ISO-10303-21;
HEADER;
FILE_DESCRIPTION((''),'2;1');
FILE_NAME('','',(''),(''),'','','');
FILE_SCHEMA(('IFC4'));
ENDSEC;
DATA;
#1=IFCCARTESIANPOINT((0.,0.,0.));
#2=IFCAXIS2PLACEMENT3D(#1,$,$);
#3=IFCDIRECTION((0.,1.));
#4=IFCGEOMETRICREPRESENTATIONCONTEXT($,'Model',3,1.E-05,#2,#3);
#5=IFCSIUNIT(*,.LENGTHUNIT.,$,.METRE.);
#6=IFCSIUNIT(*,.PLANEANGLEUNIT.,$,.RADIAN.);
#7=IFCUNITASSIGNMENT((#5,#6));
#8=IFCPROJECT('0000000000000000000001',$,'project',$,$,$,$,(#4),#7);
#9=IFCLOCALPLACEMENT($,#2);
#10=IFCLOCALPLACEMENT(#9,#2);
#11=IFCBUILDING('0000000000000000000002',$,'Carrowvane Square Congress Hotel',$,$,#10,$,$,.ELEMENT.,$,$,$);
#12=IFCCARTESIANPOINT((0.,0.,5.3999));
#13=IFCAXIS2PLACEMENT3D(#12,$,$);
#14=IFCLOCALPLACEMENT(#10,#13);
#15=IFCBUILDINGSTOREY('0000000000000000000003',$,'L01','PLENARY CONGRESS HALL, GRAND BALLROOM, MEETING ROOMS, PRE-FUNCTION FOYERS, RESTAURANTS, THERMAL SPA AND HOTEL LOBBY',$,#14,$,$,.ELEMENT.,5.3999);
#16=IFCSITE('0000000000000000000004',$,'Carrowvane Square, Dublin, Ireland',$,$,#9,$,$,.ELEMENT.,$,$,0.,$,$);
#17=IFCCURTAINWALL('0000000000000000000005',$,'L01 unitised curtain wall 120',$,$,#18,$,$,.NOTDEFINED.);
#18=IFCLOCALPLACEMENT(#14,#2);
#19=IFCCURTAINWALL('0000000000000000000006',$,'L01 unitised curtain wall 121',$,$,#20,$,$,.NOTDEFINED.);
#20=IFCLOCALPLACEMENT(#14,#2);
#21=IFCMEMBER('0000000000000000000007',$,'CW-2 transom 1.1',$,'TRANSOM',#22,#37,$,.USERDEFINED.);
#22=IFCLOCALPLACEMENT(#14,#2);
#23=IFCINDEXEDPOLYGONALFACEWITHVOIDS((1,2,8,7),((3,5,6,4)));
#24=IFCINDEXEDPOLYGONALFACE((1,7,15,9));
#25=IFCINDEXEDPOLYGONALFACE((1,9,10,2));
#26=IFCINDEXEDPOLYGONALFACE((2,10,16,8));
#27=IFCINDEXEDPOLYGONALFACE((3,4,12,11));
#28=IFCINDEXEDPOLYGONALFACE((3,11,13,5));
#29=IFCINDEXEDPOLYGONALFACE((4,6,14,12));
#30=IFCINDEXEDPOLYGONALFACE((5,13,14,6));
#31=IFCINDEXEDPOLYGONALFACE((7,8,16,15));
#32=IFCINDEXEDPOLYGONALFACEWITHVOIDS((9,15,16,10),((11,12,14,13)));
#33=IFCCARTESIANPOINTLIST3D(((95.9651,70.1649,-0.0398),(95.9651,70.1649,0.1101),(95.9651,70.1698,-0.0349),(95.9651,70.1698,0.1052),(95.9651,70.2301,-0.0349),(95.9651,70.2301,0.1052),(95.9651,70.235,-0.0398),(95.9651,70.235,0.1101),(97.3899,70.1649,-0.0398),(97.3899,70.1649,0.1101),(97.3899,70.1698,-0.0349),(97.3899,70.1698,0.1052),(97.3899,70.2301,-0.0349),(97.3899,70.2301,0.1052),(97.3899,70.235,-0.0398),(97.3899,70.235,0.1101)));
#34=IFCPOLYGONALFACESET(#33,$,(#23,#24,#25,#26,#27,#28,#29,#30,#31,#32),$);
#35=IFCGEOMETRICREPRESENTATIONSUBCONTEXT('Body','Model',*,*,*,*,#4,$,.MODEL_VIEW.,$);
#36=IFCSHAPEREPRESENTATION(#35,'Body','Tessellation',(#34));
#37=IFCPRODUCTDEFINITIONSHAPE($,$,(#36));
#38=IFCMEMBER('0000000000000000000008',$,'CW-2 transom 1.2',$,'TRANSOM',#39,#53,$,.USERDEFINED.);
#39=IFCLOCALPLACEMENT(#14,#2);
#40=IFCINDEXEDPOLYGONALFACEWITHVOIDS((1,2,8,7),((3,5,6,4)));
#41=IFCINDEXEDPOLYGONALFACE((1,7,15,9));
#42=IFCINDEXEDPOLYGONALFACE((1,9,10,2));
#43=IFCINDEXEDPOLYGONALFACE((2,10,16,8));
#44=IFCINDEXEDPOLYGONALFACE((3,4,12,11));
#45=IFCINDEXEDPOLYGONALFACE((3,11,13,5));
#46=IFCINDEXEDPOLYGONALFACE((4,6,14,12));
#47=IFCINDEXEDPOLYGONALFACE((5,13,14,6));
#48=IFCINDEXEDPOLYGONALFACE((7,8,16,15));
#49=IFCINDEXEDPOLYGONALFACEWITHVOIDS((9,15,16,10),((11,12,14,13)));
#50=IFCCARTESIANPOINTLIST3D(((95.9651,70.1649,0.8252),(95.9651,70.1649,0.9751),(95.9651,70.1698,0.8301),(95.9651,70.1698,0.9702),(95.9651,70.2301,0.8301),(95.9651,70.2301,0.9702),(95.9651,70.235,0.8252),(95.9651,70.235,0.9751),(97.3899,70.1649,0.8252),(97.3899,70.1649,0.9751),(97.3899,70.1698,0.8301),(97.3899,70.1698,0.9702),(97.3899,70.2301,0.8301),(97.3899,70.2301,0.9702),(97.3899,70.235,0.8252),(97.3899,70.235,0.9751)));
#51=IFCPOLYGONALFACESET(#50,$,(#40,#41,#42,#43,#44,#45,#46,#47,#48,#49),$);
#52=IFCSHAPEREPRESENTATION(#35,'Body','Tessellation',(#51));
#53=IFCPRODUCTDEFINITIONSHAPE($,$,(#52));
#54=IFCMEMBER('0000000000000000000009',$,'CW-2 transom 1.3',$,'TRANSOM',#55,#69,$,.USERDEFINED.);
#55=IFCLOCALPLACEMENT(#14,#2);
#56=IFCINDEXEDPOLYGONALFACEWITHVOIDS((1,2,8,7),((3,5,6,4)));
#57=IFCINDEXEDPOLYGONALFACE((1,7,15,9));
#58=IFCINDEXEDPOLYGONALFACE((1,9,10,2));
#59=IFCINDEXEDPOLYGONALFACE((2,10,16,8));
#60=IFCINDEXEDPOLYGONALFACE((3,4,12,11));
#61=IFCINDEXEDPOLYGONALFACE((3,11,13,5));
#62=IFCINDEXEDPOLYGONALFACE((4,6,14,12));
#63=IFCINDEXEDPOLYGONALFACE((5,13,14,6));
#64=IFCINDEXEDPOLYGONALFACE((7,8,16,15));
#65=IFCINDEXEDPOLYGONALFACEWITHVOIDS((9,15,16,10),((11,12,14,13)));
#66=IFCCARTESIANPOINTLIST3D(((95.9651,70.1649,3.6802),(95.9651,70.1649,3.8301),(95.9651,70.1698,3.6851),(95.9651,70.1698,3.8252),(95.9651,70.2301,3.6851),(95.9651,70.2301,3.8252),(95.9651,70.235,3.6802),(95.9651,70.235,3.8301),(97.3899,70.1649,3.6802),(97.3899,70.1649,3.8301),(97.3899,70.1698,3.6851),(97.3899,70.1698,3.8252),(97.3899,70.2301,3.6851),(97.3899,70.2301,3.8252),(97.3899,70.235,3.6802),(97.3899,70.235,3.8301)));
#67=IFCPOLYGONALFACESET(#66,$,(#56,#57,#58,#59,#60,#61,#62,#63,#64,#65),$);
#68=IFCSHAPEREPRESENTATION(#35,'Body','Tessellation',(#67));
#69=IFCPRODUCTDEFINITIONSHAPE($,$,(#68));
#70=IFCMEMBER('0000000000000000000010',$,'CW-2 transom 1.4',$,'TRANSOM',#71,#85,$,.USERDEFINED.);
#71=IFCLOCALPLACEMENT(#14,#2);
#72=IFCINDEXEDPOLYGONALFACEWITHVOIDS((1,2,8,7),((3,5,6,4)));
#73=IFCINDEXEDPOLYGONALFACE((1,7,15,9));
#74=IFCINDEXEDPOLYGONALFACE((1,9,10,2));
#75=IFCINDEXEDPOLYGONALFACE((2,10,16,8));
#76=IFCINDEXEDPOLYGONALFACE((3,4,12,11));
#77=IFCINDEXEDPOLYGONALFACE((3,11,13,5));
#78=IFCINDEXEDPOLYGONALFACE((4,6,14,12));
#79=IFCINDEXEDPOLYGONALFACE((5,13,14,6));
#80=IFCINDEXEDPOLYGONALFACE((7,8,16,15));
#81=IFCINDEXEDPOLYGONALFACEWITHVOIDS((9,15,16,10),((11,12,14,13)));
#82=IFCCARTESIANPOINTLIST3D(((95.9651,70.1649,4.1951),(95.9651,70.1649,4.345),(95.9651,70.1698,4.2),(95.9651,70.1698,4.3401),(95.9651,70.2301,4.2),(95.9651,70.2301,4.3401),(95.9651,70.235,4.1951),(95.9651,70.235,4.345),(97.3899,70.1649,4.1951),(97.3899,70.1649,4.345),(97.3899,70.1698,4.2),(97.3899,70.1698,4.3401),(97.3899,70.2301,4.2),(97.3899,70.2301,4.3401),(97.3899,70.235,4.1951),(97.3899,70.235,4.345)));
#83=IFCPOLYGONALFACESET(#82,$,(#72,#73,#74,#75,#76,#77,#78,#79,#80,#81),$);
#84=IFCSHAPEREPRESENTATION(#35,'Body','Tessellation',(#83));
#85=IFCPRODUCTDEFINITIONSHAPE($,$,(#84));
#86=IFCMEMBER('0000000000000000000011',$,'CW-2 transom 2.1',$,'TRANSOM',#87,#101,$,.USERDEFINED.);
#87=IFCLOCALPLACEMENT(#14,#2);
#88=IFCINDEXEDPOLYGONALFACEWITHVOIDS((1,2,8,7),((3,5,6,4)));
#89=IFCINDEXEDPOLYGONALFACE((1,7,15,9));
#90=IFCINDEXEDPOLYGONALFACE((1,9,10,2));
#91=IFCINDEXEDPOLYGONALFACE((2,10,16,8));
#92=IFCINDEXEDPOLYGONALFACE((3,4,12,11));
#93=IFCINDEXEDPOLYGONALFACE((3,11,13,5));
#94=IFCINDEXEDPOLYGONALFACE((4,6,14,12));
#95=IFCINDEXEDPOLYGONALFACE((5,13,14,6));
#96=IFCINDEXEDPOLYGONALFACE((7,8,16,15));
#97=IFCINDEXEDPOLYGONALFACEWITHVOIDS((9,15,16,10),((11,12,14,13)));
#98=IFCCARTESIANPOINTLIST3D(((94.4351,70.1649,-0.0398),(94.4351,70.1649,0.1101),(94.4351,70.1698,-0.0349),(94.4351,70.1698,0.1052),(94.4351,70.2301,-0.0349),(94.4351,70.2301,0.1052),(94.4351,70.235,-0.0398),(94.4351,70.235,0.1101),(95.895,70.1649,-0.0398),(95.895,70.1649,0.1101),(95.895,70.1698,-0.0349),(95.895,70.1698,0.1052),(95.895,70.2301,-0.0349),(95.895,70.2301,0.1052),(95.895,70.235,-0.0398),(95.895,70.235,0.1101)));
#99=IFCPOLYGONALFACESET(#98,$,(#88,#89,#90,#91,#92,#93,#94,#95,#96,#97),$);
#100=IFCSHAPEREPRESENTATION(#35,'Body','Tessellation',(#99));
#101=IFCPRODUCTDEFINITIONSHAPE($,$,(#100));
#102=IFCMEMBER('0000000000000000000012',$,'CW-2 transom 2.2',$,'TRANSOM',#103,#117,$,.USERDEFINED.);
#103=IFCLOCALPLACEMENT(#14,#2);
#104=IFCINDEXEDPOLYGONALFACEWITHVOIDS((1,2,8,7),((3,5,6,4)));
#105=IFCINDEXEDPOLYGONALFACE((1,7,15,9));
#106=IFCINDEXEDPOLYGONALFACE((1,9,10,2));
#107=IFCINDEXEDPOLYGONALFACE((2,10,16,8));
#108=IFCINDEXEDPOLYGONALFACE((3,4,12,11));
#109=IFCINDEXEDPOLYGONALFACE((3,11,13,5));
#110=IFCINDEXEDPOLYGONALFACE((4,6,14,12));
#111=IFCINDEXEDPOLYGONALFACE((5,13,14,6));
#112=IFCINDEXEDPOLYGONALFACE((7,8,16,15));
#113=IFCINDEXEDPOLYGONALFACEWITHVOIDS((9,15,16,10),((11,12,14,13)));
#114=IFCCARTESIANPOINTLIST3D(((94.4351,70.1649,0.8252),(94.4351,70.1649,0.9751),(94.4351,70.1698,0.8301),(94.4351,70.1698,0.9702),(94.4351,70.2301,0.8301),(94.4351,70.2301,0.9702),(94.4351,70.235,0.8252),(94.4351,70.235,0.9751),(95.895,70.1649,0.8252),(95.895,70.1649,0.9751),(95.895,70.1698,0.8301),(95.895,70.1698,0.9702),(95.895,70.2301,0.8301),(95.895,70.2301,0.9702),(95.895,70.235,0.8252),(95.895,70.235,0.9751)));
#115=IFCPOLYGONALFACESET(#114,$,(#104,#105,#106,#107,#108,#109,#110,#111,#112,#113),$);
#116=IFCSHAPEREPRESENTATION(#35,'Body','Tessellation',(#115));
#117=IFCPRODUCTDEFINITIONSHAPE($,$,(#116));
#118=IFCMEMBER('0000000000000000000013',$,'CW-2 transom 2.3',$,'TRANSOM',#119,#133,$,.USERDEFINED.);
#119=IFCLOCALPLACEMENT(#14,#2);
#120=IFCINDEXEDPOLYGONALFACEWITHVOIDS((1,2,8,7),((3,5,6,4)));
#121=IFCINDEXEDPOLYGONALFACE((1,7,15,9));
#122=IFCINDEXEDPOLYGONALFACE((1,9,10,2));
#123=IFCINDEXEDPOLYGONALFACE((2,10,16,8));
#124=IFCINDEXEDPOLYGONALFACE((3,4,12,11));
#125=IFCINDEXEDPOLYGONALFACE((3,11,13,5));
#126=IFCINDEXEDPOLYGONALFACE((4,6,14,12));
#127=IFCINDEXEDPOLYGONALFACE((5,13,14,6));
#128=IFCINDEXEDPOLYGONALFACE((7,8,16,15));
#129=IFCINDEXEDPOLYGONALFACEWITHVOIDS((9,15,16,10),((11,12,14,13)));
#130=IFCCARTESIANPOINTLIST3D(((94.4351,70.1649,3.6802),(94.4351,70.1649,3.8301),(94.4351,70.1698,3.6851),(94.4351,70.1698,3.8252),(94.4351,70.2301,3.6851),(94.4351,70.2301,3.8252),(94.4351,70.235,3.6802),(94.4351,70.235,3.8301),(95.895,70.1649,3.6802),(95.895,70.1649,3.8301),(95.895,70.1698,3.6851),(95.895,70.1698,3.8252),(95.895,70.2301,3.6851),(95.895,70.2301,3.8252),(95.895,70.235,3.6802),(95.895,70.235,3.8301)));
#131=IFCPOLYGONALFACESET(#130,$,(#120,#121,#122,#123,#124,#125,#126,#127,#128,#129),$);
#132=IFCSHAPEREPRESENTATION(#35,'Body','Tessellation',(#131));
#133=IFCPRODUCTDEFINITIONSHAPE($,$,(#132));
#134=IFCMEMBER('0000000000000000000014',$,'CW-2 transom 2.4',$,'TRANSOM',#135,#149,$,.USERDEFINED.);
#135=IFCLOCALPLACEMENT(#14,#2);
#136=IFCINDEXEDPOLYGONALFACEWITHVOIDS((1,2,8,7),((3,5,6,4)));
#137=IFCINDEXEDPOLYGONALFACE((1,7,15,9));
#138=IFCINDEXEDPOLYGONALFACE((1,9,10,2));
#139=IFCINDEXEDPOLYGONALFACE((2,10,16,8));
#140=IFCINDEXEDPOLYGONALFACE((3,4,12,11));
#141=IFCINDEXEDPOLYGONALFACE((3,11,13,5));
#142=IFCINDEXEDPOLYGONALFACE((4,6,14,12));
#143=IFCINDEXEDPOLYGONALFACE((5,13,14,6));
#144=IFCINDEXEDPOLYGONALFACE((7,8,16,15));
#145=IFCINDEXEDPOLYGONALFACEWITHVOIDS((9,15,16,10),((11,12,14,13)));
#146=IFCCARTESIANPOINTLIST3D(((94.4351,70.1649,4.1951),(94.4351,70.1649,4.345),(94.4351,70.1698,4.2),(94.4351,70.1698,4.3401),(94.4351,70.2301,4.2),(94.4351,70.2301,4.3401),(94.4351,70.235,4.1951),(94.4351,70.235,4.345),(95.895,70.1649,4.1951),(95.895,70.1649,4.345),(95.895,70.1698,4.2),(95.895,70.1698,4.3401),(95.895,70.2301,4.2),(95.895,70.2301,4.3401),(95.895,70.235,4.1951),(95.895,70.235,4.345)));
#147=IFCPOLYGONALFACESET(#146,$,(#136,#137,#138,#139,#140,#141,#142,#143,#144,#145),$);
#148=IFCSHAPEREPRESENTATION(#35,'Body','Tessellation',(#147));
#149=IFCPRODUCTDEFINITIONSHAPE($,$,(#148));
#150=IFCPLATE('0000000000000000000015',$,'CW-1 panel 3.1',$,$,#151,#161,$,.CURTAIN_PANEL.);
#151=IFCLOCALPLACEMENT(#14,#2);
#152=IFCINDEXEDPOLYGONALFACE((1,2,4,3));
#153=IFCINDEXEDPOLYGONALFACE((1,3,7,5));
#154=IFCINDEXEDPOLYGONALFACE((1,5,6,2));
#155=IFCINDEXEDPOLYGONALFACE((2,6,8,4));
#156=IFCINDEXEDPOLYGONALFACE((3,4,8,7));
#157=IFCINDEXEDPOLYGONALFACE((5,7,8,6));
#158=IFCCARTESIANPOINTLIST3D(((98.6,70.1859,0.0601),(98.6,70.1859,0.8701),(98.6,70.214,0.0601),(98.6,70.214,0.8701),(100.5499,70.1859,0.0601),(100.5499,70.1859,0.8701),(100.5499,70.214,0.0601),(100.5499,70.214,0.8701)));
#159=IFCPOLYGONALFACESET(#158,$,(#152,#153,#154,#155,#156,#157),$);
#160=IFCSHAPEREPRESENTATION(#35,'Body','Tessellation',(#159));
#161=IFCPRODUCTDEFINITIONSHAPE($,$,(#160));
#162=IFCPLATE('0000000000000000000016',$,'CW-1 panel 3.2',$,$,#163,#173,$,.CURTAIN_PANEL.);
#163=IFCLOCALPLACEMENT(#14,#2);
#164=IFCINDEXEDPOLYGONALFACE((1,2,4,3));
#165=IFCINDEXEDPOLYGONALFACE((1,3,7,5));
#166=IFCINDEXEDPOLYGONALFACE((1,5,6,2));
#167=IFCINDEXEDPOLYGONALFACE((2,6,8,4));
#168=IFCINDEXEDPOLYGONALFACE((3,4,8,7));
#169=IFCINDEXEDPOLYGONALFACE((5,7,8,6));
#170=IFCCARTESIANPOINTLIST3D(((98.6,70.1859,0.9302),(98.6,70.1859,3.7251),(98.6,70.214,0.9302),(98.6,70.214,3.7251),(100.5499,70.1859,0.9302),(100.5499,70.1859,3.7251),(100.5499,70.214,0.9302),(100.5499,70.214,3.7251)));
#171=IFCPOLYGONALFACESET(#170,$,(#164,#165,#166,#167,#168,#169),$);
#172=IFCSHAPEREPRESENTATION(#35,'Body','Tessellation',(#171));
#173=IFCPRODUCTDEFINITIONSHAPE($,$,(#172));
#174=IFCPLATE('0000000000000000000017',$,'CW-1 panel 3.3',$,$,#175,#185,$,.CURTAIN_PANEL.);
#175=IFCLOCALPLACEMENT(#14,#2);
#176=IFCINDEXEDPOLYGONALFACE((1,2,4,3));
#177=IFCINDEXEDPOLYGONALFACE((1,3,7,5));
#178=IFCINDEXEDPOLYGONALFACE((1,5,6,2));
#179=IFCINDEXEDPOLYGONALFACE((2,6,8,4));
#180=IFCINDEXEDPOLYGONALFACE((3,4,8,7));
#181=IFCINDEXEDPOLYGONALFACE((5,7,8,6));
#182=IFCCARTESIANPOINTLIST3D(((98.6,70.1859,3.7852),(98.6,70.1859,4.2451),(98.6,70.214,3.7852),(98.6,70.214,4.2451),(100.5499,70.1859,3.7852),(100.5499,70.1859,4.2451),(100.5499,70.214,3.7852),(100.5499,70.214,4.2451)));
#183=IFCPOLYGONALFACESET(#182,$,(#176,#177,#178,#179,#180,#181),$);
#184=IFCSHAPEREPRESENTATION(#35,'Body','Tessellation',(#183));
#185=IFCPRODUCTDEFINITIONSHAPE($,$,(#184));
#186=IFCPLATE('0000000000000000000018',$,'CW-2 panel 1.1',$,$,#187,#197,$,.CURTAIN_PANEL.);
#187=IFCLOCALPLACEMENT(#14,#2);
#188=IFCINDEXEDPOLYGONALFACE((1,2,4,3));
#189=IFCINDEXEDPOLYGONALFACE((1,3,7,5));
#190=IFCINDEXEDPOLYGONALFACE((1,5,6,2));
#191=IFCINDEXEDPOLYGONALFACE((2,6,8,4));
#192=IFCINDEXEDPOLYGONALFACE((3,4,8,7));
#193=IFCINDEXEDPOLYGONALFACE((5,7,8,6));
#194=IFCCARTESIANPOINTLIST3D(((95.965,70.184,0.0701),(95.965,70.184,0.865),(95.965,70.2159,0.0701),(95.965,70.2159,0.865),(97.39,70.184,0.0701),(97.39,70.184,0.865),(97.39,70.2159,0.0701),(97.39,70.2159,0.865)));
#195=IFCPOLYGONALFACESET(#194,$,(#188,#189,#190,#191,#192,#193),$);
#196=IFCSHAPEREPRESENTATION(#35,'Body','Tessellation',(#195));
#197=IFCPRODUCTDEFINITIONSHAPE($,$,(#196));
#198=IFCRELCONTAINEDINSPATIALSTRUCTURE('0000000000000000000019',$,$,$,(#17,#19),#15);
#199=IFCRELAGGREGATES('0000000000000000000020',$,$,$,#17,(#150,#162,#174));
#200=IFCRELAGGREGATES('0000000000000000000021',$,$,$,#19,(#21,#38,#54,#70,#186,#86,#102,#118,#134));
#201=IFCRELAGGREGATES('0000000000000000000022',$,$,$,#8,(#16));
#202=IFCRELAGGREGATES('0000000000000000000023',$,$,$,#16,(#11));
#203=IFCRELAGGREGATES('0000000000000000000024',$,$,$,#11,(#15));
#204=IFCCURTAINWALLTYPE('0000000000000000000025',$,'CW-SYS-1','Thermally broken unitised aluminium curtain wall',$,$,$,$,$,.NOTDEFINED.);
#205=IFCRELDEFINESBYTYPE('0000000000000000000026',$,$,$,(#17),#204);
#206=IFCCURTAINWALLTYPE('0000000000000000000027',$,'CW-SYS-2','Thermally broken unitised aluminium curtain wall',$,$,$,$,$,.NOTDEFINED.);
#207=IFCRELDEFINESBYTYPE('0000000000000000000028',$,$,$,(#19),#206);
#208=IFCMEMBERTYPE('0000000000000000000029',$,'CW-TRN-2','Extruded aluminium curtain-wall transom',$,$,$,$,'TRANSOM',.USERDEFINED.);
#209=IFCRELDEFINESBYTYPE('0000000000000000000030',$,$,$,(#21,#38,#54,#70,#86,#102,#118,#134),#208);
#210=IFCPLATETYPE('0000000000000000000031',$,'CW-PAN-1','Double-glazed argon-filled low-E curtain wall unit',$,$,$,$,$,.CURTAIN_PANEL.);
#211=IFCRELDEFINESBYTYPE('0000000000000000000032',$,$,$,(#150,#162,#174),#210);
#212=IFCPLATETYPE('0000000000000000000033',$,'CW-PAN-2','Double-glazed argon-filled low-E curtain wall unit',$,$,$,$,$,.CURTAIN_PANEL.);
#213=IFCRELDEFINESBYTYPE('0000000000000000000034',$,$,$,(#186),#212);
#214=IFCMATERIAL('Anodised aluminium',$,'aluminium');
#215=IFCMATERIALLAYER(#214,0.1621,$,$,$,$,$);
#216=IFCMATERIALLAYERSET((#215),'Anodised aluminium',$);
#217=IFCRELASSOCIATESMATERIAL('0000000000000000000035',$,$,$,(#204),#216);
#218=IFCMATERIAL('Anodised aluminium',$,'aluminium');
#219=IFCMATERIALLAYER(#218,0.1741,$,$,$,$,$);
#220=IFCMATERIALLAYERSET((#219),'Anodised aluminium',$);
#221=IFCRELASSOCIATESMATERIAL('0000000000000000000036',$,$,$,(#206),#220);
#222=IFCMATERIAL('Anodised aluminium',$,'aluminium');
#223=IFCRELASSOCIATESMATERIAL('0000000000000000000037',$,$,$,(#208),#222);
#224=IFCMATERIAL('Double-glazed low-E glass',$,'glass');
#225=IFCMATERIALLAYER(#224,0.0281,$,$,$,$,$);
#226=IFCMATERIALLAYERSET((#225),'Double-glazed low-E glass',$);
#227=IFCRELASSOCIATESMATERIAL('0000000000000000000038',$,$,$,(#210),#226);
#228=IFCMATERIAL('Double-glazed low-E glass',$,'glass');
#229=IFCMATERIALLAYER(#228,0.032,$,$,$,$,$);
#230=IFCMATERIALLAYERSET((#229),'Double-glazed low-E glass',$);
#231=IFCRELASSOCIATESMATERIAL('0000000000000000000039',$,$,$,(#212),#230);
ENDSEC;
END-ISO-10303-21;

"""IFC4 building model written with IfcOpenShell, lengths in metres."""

from ifc_helpers import new_model, si_unit, direction, frame, origin, origin_2d, place, context, subcontext, project, spatial, rectangle, hollow_rectangle, extrude, material, layer, layer_set, material_profile, profile_set, type_object, element, aggregate, save


model = new_model("IFC4")

# Units and contexts
model_context = context("Model", 3, precision=1e-05, world=origin(), true_north=direction((0.0, 1.0)))
body_context = subcontext(model_context, "Body", "Model", "MODEL_VIEW")
ifc_project = project(units=[si_unit("LENGTHUNIT", "METRE"), si_unit("PLANEANGLEUNIT", "RADIAN")], contexts=[model_context])

# Site, building, storey
site_placement = place(None, origin())
site = spatial("IfcSite", under=ifc_project, at=site_placement, Name="Carrowvane Square, Dublin, Ireland", CompositionType="ELEMENT", RefElevation=0.0)
building_placement = place(site_placement, origin())
building = spatial("IfcBuilding", under=site, at=building_placement, Name="Carrowvane Square Congress Hotel", CompositionType="ELEMENT")
storey_placement = place(building_placement, frame((0.0, 0.0, 5.3999)))
storey = spatial("IfcBuildingStorey", under=building, at=storey_placement, Name="L01", Description="PLENARY CONGRESS HALL, GRAND BALLROOM, MEETING ROOMS, PRE-FUNCTION FOYERS, RESTAURANTS, THERMAL SPA AND HOTEL LOBBY", CompositionType="ELEMENT", Elevation=5.3999)

# Curtain wall
ifc_material_1 = material(Name="Anodised aluminium", Category="aluminium")
ifc_layer_1 = layer(ifc_material_1, 0.1621)
ifc_layer_set_1 = layer_set([ifc_layer_1], Name="Anodised aluminium")
curtain_wall_type_1 = type_object("IfcCurtainWallType", Name="CW-SYS-1", Description="Thermally broken unitised aluminium curtain wall", PredefinedType="NOTDEFINED", material=ifc_layer_set_1)
curtain_wall_1_placement = place(storey_placement, origin())
curtain_wall_1 = element("IfcCurtainWall", 1, at=curtain_wall_1_placement, inside=storey, type_object=curtain_wall_type_1, Name="L01 unitised curtain wall 120", PredefinedType="NOTDEFINED")

# Curtain wall
ifc_material_2 = material(Name="Anodised aluminium", Category="aluminium")
ifc_layer_2 = layer(ifc_material_2, 0.1741)
ifc_layer_set_2 = layer_set([ifc_layer_2], Name="Anodised aluminium")
curtain_wall_type_2 = type_object("IfcCurtainWallType", Name="CW-SYS-2", Description="Thermally broken unitised aluminium curtain wall", PredefinedType="NOTDEFINED", material=ifc_layer_set_2)
curtain_wall_2_placement = place(storey_placement, origin())
curtain_wall_2 = element("IfcCurtainWall", 2, at=curtain_wall_2_placement, inside=storey, type_object=curtain_wall_type_2, Name="L01 unitised curtain wall 121", PredefinedType="NOTDEFINED")

# Members
ifc_material_3 = material(Name="Anodised aluminium", Category="aluminium")
ifc_material_profile_1 = material_profile(ifc_material_3, hollow_rectangle(XDim=0.0701, YDim=0.1499, WallThickness=0.0049, at=origin_2d()), Name="CW-TR 70x150x5")
ifc_profile_set_1 = profile_set([ifc_material_profile_1], Name="Anodised aluminium")
member_type_1 = type_object("IfcMemberType", Name="CW-TRN-2", Description="Extruded aluminium curtain-wall transom", ElementType="TRANSOM", PredefinedType="USERDEFINED", material=ifc_profile_set_1)
member_1_placement = place(storey_placement, frame((97.3899, 70.2, 0.0352), z_axis=(-1.0, 0.0, 0.0), x_axis=(0.0, -1.0, 0.0)))
member_1 = element("IfcMember", 3, at=member_1_placement, type_object=member_type_1, Name="CW-2 transom 1.1", ObjectType="TRANSOM", PredefinedType="USERDEFINED", context=body_context, shape_type="SweptSolid", body=[
    extrude(hollow_rectangle(XDim=0.0701, YDim=0.1499, WallThickness=0.0049, at=origin_2d()), origin(), (0.0, 0.0, 1.0), 1.4248),
])
member_2_placement = place(storey_placement, frame((97.3899, 70.2, 0.9001), z_axis=(-1.0, 0.0, 0.0), x_axis=(0.0, -1.0, 0.0)))
member_2 = element("IfcMember", 4, at=member_2_placement, type_object=member_type_1, Name="CW-2 transom 1.2", ObjectType="TRANSOM", PredefinedType="USERDEFINED", context=body_context, shape_type="SweptSolid", body=[
    extrude(hollow_rectangle(XDim=0.0701, YDim=0.1499, WallThickness=0.0049, at=origin_2d()), origin(), (0.0, 0.0, 1.0), 1.4248),
])
member_3_placement = place(storey_placement, frame((97.3899, 70.2, 3.7551), z_axis=(-1.0, 0.0, 0.0), x_axis=(0.0, -1.0, 0.0)))
member_3 = element("IfcMember", 5, at=member_3_placement, type_object=member_type_1, Name="CW-2 transom 1.3", ObjectType="TRANSOM", PredefinedType="USERDEFINED", context=body_context, shape_type="SweptSolid", body=[
    extrude(hollow_rectangle(XDim=0.0701, YDim=0.1499, WallThickness=0.0049, at=origin_2d()), origin(), (0.0, 0.0, 1.0), 1.4248),
])
member_4_placement = place(storey_placement, frame((97.3899, 70.2, 4.27), z_axis=(-1.0, 0.0, 0.0), x_axis=(0.0, -1.0, 0.0)))
member_4 = element("IfcMember", 6, at=member_4_placement, type_object=member_type_1, Name="CW-2 transom 1.4", ObjectType="TRANSOM", PredefinedType="USERDEFINED", context=body_context, shape_type="SweptSolid", body=[
    extrude(hollow_rectangle(XDim=0.0701, YDim=0.1499, WallThickness=0.0049, at=origin_2d()), origin(), (0.0, 0.0, 1.0), 1.4248),
])
member_5_placement = place(storey_placement, frame((95.895, 70.2, 0.0352), z_axis=(-1.0, 0.0, 0.0), x_axis=(0.0, -1.0, 0.0)))
member_5 = element("IfcMember", 7, at=member_5_placement, type_object=member_type_1, Name="CW-2 transom 2.1", ObjectType="TRANSOM", PredefinedType="USERDEFINED", context=body_context, shape_type="SweptSolid", body=[
    extrude(hollow_rectangle(XDim=0.0701, YDim=0.1499, WallThickness=0.0049, at=origin_2d()), origin(), (0.0, 0.0, 1.0), 1.46),
])
member_6_placement = place(storey_placement, frame((95.895, 70.2, 0.9001), z_axis=(-1.0, 0.0, 0.0), x_axis=(0.0, -1.0, 0.0)))
member_6 = element("IfcMember", 8, at=member_6_placement, type_object=member_type_1, Name="CW-2 transom 2.2", ObjectType="TRANSOM", PredefinedType="USERDEFINED", context=body_context, shape_type="SweptSolid", body=[
    extrude(hollow_rectangle(XDim=0.0701, YDim=0.1499, WallThickness=0.0049, at=origin_2d()), origin(), (0.0, 0.0, 1.0), 1.46),
])
member_7_placement = place(storey_placement, frame((95.895, 70.2, 3.7551), z_axis=(-1.0, 0.0, 0.0), x_axis=(0.0, -1.0, 0.0)))
member_7 = element("IfcMember", 9, at=member_7_placement, type_object=member_type_1, Name="CW-2 transom 2.3", ObjectType="TRANSOM", PredefinedType="USERDEFINED", context=body_context, shape_type="SweptSolid", body=[
    extrude(hollow_rectangle(XDim=0.0701, YDim=0.1499, WallThickness=0.0049, at=origin_2d()), origin(), (0.0, 0.0, 1.0), 1.46),
])
member_8_placement = place(storey_placement, frame((95.895, 70.2, 4.27), z_axis=(-1.0, 0.0, 0.0), x_axis=(0.0, -1.0, 0.0)))
member_8 = element("IfcMember", 10, at=member_8_placement, type_object=member_type_1, Name="CW-2 transom 2.4", ObjectType="TRANSOM", PredefinedType="USERDEFINED", context=body_context, shape_type="SweptSolid", body=[
    extrude(hollow_rectangle(XDim=0.0701, YDim=0.1499, WallThickness=0.0049, at=origin_2d()), origin(), (0.0, 0.0, 1.0), 1.46),
])

# Plates
ifc_material_4 = material(Name="Double-glazed low-E glass", Category="glass")
ifc_layer_3 = layer(ifc_material_4, 0.0281)
ifc_layer_set_3 = layer_set([ifc_layer_3], Name="Double-glazed low-E glass")
plate_type_1 = type_object("IfcPlateType", Name="CW-PAN-1", Description="Double-glazed argon-filled low-E curtain wall unit", PredefinedType="CURTAIN_PANEL", material=ifc_layer_set_3)
plate_1_placement = place(storey_placement, frame((99.575, 70.2, 0.0601), z_axis=(0.0, 0.0, 1.0), x_axis=(-1.0, 0.0, 0.0)))
plate_1 = element("IfcPlate", 11, at=plate_1_placement, type_object=plate_type_1, Name="CW-1 panel 3.1", PredefinedType="CURTAIN_PANEL", context=body_context, shape_type="SweptSolid", body=[
    extrude(rectangle(XDim=1.95, YDim=0.0281, at=origin_2d()), origin(), (0.0, 0.0, 1.0), 0.8101),
])
plate_2_placement = place(storey_placement, frame((99.575, 70.2, 0.9302), z_axis=(0.0, 0.0, 1.0), x_axis=(-1.0, 0.0, 0.0)))
plate_2 = element("IfcPlate", 12, at=plate_2_placement, type_object=plate_type_1, Name="CW-1 panel 3.2", PredefinedType="CURTAIN_PANEL", context=body_context, shape_type="SweptSolid", body=[
    extrude(rectangle(XDim=1.95, YDim=0.0281, at=origin_2d()), origin(), (0.0, 0.0, 1.0), 2.7949),
])
plate_3_placement = place(storey_placement, frame((99.575, 70.2, 3.7852), z_axis=(0.0, 0.0, 1.0), x_axis=(-1.0, 0.0, 0.0)))
plate_3 = element("IfcPlate", 13, at=plate_3_placement, type_object=plate_type_1, Name="CW-1 panel 3.3", PredefinedType="CURTAIN_PANEL", context=body_context, shape_type="SweptSolid", body=[
    extrude(rectangle(XDim=1.95, YDim=0.0281, at=origin_2d()), origin(), (0.0, 0.0, 1.0), 0.46),
])
aggregate(curtain_wall_1, [plate_1, plate_2, plate_3])
ifc_material_5 = material(Name="Double-glazed low-E glass", Category="glass")
ifc_layer_4 = layer(ifc_material_5, 0.032)
ifc_layer_set_4 = layer_set([ifc_layer_4], Name="Double-glazed low-E glass")
plate_type_2 = type_object("IfcPlateType", Name="CW-PAN-2", Description="Double-glazed argon-filled low-E curtain wall unit", PredefinedType="CURTAIN_PANEL", material=ifc_layer_set_4)
plate_4_placement = place(storey_placement, frame((96.6775, 70.2, 0.0701), z_axis=(0.0, 0.0, 1.0), x_axis=(-1.0, 0.0, 0.0)))
plate_4 = element("IfcPlate", 14, at=plate_4_placement, type_object=plate_type_2, Name="CW-2 panel 1.1", PredefinedType="CURTAIN_PANEL", context=body_context, shape_type="SweptSolid", body=[
    extrude(rectangle(XDim=1.425, YDim=0.032, at=origin_2d()), origin(), (0.0, 0.0, 1.0), 0.7949),
])
aggregate(curtain_wall_2, [member_1, member_2, member_3, member_4, plate_4, member_5, member_6, member_7, member_8])

save(model, "model.ifc")
